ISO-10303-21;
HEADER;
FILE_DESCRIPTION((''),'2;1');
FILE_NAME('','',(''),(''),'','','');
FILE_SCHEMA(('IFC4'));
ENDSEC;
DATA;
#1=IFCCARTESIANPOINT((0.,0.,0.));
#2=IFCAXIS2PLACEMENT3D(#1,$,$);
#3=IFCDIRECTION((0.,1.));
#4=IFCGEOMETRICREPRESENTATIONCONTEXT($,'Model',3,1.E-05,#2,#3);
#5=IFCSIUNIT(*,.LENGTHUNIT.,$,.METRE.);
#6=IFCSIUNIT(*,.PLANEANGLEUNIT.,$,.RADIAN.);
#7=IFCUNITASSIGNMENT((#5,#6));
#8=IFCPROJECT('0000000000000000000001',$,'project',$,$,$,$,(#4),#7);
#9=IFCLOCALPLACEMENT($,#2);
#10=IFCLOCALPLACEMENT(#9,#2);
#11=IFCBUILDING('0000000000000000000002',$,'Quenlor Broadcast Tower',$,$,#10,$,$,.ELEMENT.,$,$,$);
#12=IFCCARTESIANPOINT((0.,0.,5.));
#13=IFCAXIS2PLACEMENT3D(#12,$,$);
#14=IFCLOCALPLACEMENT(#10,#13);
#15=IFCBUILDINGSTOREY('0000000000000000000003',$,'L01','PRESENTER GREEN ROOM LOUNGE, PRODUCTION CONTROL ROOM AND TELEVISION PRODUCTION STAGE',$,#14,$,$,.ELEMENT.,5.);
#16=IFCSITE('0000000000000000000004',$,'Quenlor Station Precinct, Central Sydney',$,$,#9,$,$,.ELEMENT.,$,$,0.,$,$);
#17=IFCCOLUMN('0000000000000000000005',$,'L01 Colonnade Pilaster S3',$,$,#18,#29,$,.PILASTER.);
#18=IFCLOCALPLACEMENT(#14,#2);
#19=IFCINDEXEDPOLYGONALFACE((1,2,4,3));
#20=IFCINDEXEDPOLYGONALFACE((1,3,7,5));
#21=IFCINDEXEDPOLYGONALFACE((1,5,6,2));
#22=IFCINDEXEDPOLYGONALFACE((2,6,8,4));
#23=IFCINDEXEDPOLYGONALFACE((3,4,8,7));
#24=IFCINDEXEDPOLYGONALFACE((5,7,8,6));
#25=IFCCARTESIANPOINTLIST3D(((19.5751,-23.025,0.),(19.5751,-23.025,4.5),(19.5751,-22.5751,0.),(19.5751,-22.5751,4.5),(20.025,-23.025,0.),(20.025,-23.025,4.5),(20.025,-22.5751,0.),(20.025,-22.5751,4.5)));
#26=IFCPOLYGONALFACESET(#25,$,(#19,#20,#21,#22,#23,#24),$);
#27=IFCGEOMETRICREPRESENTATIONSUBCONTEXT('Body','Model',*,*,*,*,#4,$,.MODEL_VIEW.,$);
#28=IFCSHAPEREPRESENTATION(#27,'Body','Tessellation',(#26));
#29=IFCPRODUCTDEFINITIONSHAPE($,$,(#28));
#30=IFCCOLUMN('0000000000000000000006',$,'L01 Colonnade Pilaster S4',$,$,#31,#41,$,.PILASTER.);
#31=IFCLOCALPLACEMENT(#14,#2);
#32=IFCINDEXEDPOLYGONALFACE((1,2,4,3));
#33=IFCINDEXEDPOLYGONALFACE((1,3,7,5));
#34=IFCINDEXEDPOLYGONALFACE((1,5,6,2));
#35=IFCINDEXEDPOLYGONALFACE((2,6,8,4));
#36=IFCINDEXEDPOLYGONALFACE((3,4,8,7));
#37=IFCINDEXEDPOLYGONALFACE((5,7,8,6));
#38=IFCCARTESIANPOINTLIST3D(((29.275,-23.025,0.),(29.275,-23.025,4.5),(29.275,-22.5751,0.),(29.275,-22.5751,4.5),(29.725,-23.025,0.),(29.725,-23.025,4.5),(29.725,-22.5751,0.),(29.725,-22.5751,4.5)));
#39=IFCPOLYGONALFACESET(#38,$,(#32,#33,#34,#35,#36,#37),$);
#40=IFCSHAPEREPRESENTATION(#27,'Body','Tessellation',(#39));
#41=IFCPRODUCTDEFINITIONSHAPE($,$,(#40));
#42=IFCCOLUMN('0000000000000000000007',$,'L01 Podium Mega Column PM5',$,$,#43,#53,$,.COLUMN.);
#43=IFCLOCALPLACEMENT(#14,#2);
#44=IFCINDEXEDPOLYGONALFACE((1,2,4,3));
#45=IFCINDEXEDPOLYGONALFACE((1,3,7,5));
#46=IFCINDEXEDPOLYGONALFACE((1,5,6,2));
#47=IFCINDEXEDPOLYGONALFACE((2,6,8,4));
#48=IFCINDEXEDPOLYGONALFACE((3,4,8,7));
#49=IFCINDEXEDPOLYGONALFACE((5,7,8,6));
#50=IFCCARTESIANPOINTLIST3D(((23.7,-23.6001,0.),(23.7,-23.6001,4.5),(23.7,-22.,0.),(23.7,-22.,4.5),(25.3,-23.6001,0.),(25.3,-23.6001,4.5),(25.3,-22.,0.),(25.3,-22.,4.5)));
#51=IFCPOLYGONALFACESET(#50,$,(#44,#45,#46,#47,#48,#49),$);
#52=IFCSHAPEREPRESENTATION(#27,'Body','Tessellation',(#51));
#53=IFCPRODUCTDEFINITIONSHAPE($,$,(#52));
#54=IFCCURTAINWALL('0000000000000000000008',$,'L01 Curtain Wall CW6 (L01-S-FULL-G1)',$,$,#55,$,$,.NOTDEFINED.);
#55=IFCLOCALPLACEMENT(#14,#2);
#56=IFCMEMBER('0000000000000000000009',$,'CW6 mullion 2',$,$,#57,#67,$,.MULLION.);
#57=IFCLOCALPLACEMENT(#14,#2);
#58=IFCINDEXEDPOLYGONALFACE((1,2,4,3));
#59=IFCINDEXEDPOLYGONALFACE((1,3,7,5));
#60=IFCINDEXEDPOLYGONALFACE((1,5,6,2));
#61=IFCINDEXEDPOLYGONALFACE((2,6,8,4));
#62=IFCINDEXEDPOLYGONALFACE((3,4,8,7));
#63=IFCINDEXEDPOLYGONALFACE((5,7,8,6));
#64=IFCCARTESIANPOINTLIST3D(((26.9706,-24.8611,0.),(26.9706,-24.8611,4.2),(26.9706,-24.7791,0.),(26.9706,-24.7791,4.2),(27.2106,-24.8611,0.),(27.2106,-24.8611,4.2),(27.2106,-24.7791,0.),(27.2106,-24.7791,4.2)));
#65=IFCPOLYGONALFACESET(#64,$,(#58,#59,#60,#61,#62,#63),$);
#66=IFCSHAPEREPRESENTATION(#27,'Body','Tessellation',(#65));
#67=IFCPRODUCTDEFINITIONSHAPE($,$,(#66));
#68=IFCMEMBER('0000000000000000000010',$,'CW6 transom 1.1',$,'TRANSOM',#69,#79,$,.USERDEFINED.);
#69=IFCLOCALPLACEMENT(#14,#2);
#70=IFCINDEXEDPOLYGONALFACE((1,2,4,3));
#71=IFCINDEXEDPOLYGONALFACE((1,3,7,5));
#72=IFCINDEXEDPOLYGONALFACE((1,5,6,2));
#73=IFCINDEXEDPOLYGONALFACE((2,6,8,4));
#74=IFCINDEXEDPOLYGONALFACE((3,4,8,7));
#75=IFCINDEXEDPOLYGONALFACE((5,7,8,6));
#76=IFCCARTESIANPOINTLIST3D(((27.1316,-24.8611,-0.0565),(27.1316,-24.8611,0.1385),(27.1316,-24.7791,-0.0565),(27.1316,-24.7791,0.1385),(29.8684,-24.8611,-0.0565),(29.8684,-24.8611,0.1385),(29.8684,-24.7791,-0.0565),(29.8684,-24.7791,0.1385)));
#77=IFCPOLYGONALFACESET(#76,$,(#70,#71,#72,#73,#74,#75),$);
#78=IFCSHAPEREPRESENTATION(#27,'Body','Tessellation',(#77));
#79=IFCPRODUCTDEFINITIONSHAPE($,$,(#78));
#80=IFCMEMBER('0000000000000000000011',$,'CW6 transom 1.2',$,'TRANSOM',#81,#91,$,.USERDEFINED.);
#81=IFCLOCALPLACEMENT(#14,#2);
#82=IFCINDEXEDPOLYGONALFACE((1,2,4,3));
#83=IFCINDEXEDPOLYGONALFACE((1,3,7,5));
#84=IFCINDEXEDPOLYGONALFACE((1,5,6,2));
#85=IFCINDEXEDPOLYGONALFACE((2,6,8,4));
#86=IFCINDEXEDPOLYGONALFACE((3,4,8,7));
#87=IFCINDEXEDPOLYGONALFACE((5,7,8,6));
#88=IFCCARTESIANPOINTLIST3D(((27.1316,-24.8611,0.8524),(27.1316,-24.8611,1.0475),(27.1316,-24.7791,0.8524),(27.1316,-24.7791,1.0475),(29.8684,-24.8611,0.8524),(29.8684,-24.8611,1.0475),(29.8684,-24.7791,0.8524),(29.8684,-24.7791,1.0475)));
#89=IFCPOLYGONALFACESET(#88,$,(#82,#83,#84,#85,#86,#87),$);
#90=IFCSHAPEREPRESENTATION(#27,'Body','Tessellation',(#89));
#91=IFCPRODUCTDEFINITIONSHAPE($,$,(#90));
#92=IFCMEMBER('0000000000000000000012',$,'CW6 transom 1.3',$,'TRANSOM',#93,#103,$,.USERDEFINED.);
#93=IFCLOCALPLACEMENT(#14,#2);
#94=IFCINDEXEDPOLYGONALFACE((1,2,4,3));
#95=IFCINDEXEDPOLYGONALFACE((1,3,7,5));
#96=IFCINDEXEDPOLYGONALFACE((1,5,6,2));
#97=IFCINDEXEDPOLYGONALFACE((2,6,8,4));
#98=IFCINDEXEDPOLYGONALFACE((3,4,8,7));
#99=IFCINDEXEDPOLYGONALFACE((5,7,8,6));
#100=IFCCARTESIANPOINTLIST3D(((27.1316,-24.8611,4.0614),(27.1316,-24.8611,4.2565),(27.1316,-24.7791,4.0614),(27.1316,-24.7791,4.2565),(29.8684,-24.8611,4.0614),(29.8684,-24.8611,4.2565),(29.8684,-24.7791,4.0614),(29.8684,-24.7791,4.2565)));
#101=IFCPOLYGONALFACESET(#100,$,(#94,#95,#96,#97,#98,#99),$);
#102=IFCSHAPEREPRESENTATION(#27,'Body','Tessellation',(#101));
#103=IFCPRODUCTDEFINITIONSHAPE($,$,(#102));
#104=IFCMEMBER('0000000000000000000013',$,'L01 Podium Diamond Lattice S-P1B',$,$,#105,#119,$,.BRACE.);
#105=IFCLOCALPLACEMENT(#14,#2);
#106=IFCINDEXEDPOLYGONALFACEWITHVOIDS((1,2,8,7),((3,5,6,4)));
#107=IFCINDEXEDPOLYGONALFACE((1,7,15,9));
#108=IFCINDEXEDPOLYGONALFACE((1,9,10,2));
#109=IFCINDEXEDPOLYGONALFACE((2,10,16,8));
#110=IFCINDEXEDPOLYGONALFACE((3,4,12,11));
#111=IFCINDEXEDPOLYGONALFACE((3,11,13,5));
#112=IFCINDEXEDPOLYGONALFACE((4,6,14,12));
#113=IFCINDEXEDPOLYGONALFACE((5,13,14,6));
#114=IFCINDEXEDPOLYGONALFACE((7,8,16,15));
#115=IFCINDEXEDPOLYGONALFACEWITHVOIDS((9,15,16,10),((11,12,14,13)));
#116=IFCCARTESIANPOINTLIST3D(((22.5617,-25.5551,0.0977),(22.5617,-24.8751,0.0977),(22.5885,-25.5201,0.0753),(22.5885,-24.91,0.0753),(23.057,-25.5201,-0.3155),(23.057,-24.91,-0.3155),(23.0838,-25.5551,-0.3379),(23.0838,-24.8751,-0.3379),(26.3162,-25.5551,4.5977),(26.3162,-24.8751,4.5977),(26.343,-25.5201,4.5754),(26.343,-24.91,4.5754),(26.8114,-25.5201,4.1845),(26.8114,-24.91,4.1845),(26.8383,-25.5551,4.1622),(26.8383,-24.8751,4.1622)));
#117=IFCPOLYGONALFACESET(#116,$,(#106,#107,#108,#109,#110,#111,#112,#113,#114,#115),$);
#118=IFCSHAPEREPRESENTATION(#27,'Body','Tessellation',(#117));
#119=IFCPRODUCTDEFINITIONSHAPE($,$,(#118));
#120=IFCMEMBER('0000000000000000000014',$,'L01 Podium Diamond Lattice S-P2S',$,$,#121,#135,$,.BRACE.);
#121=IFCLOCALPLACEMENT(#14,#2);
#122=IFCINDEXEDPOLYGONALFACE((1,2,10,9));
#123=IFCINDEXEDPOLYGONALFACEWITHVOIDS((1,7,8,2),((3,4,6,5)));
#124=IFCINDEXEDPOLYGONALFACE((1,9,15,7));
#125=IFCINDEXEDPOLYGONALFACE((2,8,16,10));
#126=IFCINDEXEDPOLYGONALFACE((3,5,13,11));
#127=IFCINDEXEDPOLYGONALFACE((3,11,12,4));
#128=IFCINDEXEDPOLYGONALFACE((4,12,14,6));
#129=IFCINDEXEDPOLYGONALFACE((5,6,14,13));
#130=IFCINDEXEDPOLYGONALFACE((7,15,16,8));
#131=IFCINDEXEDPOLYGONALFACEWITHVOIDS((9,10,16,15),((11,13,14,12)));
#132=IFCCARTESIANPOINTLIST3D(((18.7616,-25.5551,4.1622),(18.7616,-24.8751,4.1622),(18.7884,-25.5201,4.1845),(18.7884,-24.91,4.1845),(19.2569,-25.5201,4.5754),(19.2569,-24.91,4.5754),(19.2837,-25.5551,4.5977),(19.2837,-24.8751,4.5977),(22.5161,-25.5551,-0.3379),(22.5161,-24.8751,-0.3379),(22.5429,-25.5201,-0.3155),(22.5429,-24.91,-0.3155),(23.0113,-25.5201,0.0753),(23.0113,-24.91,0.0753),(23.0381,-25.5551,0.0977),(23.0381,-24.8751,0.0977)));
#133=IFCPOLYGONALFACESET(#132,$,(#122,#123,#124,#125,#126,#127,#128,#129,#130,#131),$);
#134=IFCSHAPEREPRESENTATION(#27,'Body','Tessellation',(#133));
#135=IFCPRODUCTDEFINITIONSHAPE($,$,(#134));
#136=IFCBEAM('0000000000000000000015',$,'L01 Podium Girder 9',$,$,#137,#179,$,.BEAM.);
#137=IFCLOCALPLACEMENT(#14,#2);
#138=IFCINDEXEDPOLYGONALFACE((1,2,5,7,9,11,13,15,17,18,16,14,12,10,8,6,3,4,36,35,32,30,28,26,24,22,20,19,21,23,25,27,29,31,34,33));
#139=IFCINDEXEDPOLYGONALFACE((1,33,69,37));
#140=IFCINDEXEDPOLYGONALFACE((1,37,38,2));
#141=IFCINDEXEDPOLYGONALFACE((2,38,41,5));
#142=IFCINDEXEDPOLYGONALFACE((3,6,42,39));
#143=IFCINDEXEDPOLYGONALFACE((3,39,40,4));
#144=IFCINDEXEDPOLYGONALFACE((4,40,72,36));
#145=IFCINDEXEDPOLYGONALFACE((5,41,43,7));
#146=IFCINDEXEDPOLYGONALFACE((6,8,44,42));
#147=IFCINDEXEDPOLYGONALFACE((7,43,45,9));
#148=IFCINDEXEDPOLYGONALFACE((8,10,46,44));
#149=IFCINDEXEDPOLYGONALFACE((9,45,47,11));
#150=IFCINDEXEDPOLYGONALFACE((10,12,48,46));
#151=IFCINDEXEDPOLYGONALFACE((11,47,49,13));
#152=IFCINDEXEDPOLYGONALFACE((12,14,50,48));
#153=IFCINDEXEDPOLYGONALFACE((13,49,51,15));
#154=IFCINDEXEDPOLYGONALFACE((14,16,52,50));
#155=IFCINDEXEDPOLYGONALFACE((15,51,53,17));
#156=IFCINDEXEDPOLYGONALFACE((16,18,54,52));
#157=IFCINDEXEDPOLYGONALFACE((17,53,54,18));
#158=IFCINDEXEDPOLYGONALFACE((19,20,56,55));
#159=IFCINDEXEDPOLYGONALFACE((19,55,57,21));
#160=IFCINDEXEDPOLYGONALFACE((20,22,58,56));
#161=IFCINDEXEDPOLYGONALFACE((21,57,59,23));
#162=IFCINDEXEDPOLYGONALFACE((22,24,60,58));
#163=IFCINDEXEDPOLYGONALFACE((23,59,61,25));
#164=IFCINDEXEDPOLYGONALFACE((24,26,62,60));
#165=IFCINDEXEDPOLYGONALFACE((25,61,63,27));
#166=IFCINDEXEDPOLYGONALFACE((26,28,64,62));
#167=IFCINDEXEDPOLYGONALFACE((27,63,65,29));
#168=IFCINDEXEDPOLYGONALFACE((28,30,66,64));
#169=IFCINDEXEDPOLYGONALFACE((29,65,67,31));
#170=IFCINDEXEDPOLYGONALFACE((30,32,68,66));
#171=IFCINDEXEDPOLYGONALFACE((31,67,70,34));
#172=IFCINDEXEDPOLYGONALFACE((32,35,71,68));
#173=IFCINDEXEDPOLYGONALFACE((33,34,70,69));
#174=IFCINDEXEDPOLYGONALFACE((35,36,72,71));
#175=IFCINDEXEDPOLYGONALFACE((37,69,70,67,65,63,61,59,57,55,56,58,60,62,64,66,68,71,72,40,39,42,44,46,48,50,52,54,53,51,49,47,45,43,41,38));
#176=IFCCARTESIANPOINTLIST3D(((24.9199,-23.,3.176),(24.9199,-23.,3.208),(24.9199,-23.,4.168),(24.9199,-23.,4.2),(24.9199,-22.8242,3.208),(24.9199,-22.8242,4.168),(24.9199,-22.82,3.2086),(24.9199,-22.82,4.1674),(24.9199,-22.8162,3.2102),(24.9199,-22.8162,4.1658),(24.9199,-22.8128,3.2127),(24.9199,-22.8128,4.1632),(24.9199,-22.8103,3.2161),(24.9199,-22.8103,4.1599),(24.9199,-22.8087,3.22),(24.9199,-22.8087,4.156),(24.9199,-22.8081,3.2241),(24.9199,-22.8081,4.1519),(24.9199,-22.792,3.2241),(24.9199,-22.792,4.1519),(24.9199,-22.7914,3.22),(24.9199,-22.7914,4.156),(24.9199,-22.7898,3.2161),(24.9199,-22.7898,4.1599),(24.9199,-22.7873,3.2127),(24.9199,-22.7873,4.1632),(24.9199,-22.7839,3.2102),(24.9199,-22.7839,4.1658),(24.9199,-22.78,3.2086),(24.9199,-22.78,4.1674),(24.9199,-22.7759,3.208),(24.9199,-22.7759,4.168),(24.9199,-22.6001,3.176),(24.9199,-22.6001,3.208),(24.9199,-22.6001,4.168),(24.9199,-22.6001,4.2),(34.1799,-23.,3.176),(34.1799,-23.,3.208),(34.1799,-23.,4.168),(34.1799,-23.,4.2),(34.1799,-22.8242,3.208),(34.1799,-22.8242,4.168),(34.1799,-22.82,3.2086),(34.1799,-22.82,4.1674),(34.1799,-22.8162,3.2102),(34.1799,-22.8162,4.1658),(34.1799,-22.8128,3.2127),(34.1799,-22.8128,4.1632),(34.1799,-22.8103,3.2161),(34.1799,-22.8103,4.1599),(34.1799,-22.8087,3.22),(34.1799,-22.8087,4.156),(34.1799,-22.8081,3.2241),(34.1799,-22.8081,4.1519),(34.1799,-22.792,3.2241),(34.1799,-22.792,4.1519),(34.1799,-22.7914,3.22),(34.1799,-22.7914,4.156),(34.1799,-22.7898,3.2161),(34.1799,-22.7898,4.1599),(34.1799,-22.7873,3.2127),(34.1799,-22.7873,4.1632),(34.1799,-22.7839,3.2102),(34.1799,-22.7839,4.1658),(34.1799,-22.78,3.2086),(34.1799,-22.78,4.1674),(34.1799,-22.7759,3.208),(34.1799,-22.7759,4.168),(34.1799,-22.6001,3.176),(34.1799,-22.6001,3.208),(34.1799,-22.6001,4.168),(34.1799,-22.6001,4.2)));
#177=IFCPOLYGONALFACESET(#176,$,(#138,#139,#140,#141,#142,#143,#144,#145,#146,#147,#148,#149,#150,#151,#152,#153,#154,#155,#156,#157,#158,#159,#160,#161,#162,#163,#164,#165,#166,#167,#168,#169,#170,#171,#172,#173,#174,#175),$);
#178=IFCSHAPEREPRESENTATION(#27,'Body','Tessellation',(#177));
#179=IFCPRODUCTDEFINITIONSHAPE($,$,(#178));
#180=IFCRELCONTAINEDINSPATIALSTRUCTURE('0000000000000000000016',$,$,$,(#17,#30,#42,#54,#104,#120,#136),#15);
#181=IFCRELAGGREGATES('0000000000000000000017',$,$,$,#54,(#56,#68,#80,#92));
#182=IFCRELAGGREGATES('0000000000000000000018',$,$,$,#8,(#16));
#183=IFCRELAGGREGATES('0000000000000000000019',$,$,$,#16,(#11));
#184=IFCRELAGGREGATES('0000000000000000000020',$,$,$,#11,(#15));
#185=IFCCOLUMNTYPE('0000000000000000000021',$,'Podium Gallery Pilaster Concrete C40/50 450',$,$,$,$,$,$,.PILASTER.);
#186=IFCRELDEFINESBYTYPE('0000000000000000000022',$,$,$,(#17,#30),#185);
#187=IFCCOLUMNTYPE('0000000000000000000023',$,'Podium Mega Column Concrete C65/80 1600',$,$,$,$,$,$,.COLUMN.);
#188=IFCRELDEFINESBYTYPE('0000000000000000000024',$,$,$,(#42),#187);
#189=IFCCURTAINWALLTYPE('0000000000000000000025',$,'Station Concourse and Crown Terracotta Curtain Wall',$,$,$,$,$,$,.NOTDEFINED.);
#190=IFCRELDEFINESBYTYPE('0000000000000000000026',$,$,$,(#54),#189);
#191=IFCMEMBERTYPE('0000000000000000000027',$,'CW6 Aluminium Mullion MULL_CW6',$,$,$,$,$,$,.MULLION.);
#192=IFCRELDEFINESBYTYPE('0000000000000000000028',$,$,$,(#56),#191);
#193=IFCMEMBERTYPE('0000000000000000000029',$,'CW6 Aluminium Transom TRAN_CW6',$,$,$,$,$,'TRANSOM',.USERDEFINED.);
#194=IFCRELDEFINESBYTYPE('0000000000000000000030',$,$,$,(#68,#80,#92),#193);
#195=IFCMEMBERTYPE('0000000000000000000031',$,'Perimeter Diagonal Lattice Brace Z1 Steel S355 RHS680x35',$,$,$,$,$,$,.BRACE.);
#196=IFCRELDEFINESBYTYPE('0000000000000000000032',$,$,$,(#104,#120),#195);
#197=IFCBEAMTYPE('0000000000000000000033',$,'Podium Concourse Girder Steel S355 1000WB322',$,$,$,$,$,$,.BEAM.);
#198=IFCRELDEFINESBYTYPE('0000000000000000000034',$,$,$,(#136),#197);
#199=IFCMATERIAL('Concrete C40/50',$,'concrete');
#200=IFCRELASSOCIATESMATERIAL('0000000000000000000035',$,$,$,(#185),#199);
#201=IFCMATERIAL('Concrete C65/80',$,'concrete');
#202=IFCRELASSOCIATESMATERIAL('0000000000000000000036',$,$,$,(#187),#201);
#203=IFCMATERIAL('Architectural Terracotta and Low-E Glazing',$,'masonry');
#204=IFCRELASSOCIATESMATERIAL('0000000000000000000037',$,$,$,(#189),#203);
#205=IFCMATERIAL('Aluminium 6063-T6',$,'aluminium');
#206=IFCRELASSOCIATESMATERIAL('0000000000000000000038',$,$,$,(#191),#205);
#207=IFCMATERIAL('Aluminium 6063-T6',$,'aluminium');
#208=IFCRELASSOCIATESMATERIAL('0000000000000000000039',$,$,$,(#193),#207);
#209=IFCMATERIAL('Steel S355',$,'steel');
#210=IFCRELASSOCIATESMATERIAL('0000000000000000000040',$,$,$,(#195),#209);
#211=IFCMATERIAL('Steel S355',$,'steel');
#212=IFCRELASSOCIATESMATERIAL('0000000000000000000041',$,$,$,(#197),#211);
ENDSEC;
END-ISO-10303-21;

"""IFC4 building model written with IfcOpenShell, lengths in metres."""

from ifc_helpers import new_model, si_unit, direction, frame, origin, origin_2d, place, context, subcontext, project, spatial, rectangle, hollow_rectangle, i_section, extrude, material, material_profile, profile_set, type_object, element, aggregate, save


model = new_model("IFC4")

# Units and contexts
model_context = context("Model", 3, precision=1e-05, world=origin(), true_north=direction((0.0, 1.0)))
body_context = subcontext(model_context, "Body", "Model", "MODEL_VIEW")
ifc_project = project(units=[si_unit("LENGTHUNIT", "METRE"), si_unit("PLANEANGLEUNIT", "RADIAN")], contexts=[model_context])

# Site, building, storey
site_placement = place(None, origin())
site = spatial("IfcSite", under=ifc_project, at=site_placement, Name="Quenlor Station Precinct, Central Sydney", CompositionType="ELEMENT", RefElevation=0.0)
building_placement = place(site_placement, origin())
building = spatial("IfcBuilding", under=site, at=building_placement, Name="Quenlor Broadcast Tower", CompositionType="ELEMENT")
storey_placement = place(building_placement, frame((0.0, 0.0, 5.0)))
storey = spatial("IfcBuildingStorey", under=building, at=storey_placement, Name="L01", Description="PRESENTER GREEN ROOM LOUNGE, PRODUCTION CONTROL ROOM AND TELEVISION PRODUCTION STAGE", CompositionType="ELEMENT", Elevation=5.0)

# Columns
ifc_material_1 = material(Name="Concrete C40/50", Category="concrete")
ifc_material_profile_1 = material_profile(ifc_material_1, rectangle(XDim=0.45, YDim=0.45, at=origin_2d()))
ifc_profile_set_1 = profile_set([ifc_material_profile_1], Name="Concrete C40/50 PIL450x450")
column_type_1 = type_object("IfcColumnType", Name="Podium Gallery Pilaster Concrete C40/50 450", PredefinedType="PILASTER", material=ifc_profile_set_1)
for number, where, z_axis, x_axis, name in (
    (1, (19.8, -22.8, 0.0), (0.0, 0.0, 1.0), (1.0, 0.0, 0.0), "L01 Colonnade Pilaster S3"),
    (2, (29.5, -22.8, 0.0), (0.0, 0.0, 1.0), (1.0, 0.0, 0.0), "L01 Colonnade Pilaster S4"),
):
    element("IfcColumn", number, at=place(storey_placement, frame(where, z_axis=z_axis, x_axis=x_axis)), inside=storey, type_object=column_type_1, Name=name, PredefinedType="PILASTER", context=body_context, shape_type="SweptSolid", body=[
        extrude(rectangle(XDim=0.45, YDim=0.45, at=origin_2d()), origin(), (0.0, 0.0, 1.0), 4.5),
    ])
ifc_material_2 = material(Name="Concrete C65/80", Category="concrete")
ifc_material_profile_2 = material_profile(ifc_material_2, rectangle(XDim=1.6001, YDim=1.6001, at=origin_2d()))
ifc_profile_set_2 = profile_set([ifc_material_profile_2], Name="Concrete C65/80 RC1600x1600")
column_type_2 = type_object("IfcColumnType", Name="Podium Mega Column Concrete C65/80 1600", PredefinedType="COLUMN", material=ifc_profile_set_2)
column_placement = place(storey_placement, frame((24.5, -22.8, 0.0), z_axis=(0.0, 0.0, 1.0), x_axis=(1.0, 0.0, 0.0)))
element("IfcColumn", 3, at=column_placement, inside=storey, type_object=column_type_2, Name="L01 Podium Mega Column PM5", PredefinedType="COLUMN", context=body_context, shape_type="SweptSolid", body=[
    extrude(rectangle(XDim=1.6001, YDim=1.6001, at=origin_2d()), origin(), (0.0, 0.0, 1.0), 4.5),
])

# Curtain wall, members
ifc_material_3 = material(Name="Architectural Terracotta and Low-E Glazing", Category="masonry")
curtain_wall_type = type_object("IfcCurtainWallType", Name="Station Concourse and Crown Terracotta Curtain Wall", PredefinedType="NOTDEFINED", material=ifc_material_3)
curtain_wall_placement = place(storey_placement, origin())
curtain_wall = element("IfcCurtainWall", 4, at=curtain_wall_placement, inside=storey, type_object=curtain_wall_type, Name="L01 Curtain Wall CW6 (L01-S-FULL-G1)", PredefinedType="NOTDEFINED")
ifc_material_4 = material(Name="Aluminium 6063-T6", Category="aluminium")
ifc_material_profile_3 = material_profile(ifc_material_4, rectangle(XDim=0.082, YDim=0.24, at=origin_2d()))
ifc_profile_set_3 = profile_set([ifc_material_profile_3], Name="Aluminium 6063-T6 MULL82x240")
member_type_1 = type_object("IfcMemberType", Name="CW6 Aluminium Mullion MULL_CW6", PredefinedType="MULLION", material=ifc_profile_set_3)
member_1_placement = place(storey_placement, frame((27.0906, -24.8201, 0.0), z_axis=(0.0, 0.0, 1.0), x_axis=(0.0, -1.0, 0.0)))
member_1 = element("IfcMember", 5, at=member_1_placement, type_object=member_type_1, Name="CW6 mullion 2", PredefinedType="MULLION", context=body_context, shape_type="SweptSolid", body=[
    extrude(rectangle(XDim=0.082, YDim=0.24, at=origin_2d()), origin(), (0.0, 0.0, 1.0), 4.2),
])
ifc_material_5 = material(Name="Aluminium 6063-T6", Category="aluminium")
ifc_material_profile_4 = material_profile(ifc_material_5, rectangle(XDim=0.082, YDim=0.1951, at=origin_2d()))
ifc_profile_set_4 = profile_set([ifc_material_profile_4], Name="Aluminium 6063-T6 TRAN82x195")
member_type_2 = type_object("IfcMemberType", Name="CW6 Aluminium Transom TRAN_CW6", ElementType="TRANSOM", PredefinedType="USERDEFINED", material=ifc_profile_set_4)
member_2_placement = place(storey_placement, frame((29.8684, -24.8201, 0.041), z_axis=(-1.0, 0.0, 0.0), x_axis=(0.0, -1.0, 0.0)))
member_2 = element("IfcMember", 6, at=member_2_placement, type_object=member_type_2, Name="CW6 transom 1.1", ObjectType="TRANSOM", PredefinedType="USERDEFINED", context=body_context, shape_type="SweptSolid", body=[
    extrude(rectangle(XDim=0.082, YDim=0.1951, at=origin_2d()), origin(), (0.0, 0.0, 1.0), 2.7368),
])
member_3_placement = place(storey_placement, frame((29.8684, -24.8201, 0.95), z_axis=(-1.0, 0.0, 0.0), x_axis=(0.0, -1.0, 0.0)))
member_3 = element("IfcMember", 7, at=member_3_placement, type_object=member_type_2, Name="CW6 transom 1.2", ObjectType="TRANSOM", PredefinedType="USERDEFINED", context=body_context, shape_type="SweptSolid", body=[
    extrude(rectangle(XDim=0.082, YDim=0.1951, at=origin_2d()), origin(), (0.0, 0.0, 1.0), 2.7368),
])
member_4_placement = place(storey_placement, frame((29.8684, -24.8201, 4.1589), z_axis=(-1.0, 0.0, 0.0), x_axis=(0.0, -1.0, 0.0)))
member_4 = element("IfcMember", 8, at=member_4_placement, type_object=member_type_2, Name="CW6 transom 1.3", ObjectType="TRANSOM", PredefinedType="USERDEFINED", context=body_context, shape_type="SweptSolid", body=[
    extrude(rectangle(XDim=0.082, YDim=0.1951, at=origin_2d()), origin(), (0.0, 0.0, 1.0), 2.7368),
])

# Members
ifc_material_6 = material(Name="Steel S355", Category="steel")
ifc_material_profile_5 = material_profile(ifc_material_6, hollow_rectangle(XDim=0.6799, YDim=0.6799, WallThickness=0.0349, at=origin_2d()))
ifc_profile_set_5 = profile_set([ifc_material_profile_5], Name="Steel S355 RHS680x680x35")
member_type_3 = type_object("IfcMemberType", Name="Perimeter Diagonal Lattice Brace Z1 Steel S355 RHS680x35", PredefinedType="BRACE", material=ifc_profile_set_5)
for number, where, z_axis, x_axis, name in (
    (9, (22.8228, -25.2151, -0.1201), (0.640627, 0.0, 0.767852), (0.0, 1.0, 0.0), "L01 Podium Diamond Lattice S-P1B"),
    (10, (22.7771, -25.2151, -0.1201), (-0.640627, 0.0, 0.767852), (0.0, -1.0, 0.0), "L01 Podium Diamond Lattice S-P2S"),
):
    element("IfcMember", number, at=place(storey_placement, frame(where, z_axis=z_axis, x_axis=x_axis)), inside=storey, type_object=member_type_3, Name=name, PredefinedType="BRACE", context=body_context, shape_type="SweptSolid", body=[
        extrude(hollow_rectangle(XDim=0.6799, YDim=0.6799, WallThickness=0.0349, at=origin_2d()), origin(), (0.0, 0.0, 1.0), 5.8606),
    ])

# Beam
ifc_material_7 = material(Name="Steel S355", Category="steel")
ifc_material_profile_6 = material_profile(ifc_material_7, i_section(OverallWidth=0.3999, OverallDepth=1.0239, WebThickness=0.0161, FlangeThickness=0.032, FilletRadius=0.0161, at=origin_2d()))
ifc_profile_set_6 = profile_set([ifc_material_profile_6], Name="Steel S355 1000WB322")
beam_type_1 = type_object("IfcBeamType", Name="Podium Concourse Girder Steel S355 1000WB322", PredefinedType="BEAM", material=ifc_profile_set_6)
beam_1_placement = place(storey_placement, frame((24.9199, -22.8, 3.688), z_axis=(1.0, 0.0, 0.0), x_axis=(0.0, 1.0, 0.0)))
element("IfcBeam", 11, at=beam_1_placement, inside=storey, type_object=beam_type_1, Name="L01 Podium Girder 9", PredefinedType="BEAM", context=body_context, shape_type="SweptSolid", body=[
    extrude(i_section(OverallWidth=0.3999, OverallDepth=1.0239, WebThickness=0.0161, FlangeThickness=0.032, FilletRadius=0.0161, at=origin_2d()), origin(), (0.0, 0.0, 1.0), 9.26),
])

aggregate(curtain_wall, [member_1, member_2, member_3, member_4])

save(model, "model.ifc")
